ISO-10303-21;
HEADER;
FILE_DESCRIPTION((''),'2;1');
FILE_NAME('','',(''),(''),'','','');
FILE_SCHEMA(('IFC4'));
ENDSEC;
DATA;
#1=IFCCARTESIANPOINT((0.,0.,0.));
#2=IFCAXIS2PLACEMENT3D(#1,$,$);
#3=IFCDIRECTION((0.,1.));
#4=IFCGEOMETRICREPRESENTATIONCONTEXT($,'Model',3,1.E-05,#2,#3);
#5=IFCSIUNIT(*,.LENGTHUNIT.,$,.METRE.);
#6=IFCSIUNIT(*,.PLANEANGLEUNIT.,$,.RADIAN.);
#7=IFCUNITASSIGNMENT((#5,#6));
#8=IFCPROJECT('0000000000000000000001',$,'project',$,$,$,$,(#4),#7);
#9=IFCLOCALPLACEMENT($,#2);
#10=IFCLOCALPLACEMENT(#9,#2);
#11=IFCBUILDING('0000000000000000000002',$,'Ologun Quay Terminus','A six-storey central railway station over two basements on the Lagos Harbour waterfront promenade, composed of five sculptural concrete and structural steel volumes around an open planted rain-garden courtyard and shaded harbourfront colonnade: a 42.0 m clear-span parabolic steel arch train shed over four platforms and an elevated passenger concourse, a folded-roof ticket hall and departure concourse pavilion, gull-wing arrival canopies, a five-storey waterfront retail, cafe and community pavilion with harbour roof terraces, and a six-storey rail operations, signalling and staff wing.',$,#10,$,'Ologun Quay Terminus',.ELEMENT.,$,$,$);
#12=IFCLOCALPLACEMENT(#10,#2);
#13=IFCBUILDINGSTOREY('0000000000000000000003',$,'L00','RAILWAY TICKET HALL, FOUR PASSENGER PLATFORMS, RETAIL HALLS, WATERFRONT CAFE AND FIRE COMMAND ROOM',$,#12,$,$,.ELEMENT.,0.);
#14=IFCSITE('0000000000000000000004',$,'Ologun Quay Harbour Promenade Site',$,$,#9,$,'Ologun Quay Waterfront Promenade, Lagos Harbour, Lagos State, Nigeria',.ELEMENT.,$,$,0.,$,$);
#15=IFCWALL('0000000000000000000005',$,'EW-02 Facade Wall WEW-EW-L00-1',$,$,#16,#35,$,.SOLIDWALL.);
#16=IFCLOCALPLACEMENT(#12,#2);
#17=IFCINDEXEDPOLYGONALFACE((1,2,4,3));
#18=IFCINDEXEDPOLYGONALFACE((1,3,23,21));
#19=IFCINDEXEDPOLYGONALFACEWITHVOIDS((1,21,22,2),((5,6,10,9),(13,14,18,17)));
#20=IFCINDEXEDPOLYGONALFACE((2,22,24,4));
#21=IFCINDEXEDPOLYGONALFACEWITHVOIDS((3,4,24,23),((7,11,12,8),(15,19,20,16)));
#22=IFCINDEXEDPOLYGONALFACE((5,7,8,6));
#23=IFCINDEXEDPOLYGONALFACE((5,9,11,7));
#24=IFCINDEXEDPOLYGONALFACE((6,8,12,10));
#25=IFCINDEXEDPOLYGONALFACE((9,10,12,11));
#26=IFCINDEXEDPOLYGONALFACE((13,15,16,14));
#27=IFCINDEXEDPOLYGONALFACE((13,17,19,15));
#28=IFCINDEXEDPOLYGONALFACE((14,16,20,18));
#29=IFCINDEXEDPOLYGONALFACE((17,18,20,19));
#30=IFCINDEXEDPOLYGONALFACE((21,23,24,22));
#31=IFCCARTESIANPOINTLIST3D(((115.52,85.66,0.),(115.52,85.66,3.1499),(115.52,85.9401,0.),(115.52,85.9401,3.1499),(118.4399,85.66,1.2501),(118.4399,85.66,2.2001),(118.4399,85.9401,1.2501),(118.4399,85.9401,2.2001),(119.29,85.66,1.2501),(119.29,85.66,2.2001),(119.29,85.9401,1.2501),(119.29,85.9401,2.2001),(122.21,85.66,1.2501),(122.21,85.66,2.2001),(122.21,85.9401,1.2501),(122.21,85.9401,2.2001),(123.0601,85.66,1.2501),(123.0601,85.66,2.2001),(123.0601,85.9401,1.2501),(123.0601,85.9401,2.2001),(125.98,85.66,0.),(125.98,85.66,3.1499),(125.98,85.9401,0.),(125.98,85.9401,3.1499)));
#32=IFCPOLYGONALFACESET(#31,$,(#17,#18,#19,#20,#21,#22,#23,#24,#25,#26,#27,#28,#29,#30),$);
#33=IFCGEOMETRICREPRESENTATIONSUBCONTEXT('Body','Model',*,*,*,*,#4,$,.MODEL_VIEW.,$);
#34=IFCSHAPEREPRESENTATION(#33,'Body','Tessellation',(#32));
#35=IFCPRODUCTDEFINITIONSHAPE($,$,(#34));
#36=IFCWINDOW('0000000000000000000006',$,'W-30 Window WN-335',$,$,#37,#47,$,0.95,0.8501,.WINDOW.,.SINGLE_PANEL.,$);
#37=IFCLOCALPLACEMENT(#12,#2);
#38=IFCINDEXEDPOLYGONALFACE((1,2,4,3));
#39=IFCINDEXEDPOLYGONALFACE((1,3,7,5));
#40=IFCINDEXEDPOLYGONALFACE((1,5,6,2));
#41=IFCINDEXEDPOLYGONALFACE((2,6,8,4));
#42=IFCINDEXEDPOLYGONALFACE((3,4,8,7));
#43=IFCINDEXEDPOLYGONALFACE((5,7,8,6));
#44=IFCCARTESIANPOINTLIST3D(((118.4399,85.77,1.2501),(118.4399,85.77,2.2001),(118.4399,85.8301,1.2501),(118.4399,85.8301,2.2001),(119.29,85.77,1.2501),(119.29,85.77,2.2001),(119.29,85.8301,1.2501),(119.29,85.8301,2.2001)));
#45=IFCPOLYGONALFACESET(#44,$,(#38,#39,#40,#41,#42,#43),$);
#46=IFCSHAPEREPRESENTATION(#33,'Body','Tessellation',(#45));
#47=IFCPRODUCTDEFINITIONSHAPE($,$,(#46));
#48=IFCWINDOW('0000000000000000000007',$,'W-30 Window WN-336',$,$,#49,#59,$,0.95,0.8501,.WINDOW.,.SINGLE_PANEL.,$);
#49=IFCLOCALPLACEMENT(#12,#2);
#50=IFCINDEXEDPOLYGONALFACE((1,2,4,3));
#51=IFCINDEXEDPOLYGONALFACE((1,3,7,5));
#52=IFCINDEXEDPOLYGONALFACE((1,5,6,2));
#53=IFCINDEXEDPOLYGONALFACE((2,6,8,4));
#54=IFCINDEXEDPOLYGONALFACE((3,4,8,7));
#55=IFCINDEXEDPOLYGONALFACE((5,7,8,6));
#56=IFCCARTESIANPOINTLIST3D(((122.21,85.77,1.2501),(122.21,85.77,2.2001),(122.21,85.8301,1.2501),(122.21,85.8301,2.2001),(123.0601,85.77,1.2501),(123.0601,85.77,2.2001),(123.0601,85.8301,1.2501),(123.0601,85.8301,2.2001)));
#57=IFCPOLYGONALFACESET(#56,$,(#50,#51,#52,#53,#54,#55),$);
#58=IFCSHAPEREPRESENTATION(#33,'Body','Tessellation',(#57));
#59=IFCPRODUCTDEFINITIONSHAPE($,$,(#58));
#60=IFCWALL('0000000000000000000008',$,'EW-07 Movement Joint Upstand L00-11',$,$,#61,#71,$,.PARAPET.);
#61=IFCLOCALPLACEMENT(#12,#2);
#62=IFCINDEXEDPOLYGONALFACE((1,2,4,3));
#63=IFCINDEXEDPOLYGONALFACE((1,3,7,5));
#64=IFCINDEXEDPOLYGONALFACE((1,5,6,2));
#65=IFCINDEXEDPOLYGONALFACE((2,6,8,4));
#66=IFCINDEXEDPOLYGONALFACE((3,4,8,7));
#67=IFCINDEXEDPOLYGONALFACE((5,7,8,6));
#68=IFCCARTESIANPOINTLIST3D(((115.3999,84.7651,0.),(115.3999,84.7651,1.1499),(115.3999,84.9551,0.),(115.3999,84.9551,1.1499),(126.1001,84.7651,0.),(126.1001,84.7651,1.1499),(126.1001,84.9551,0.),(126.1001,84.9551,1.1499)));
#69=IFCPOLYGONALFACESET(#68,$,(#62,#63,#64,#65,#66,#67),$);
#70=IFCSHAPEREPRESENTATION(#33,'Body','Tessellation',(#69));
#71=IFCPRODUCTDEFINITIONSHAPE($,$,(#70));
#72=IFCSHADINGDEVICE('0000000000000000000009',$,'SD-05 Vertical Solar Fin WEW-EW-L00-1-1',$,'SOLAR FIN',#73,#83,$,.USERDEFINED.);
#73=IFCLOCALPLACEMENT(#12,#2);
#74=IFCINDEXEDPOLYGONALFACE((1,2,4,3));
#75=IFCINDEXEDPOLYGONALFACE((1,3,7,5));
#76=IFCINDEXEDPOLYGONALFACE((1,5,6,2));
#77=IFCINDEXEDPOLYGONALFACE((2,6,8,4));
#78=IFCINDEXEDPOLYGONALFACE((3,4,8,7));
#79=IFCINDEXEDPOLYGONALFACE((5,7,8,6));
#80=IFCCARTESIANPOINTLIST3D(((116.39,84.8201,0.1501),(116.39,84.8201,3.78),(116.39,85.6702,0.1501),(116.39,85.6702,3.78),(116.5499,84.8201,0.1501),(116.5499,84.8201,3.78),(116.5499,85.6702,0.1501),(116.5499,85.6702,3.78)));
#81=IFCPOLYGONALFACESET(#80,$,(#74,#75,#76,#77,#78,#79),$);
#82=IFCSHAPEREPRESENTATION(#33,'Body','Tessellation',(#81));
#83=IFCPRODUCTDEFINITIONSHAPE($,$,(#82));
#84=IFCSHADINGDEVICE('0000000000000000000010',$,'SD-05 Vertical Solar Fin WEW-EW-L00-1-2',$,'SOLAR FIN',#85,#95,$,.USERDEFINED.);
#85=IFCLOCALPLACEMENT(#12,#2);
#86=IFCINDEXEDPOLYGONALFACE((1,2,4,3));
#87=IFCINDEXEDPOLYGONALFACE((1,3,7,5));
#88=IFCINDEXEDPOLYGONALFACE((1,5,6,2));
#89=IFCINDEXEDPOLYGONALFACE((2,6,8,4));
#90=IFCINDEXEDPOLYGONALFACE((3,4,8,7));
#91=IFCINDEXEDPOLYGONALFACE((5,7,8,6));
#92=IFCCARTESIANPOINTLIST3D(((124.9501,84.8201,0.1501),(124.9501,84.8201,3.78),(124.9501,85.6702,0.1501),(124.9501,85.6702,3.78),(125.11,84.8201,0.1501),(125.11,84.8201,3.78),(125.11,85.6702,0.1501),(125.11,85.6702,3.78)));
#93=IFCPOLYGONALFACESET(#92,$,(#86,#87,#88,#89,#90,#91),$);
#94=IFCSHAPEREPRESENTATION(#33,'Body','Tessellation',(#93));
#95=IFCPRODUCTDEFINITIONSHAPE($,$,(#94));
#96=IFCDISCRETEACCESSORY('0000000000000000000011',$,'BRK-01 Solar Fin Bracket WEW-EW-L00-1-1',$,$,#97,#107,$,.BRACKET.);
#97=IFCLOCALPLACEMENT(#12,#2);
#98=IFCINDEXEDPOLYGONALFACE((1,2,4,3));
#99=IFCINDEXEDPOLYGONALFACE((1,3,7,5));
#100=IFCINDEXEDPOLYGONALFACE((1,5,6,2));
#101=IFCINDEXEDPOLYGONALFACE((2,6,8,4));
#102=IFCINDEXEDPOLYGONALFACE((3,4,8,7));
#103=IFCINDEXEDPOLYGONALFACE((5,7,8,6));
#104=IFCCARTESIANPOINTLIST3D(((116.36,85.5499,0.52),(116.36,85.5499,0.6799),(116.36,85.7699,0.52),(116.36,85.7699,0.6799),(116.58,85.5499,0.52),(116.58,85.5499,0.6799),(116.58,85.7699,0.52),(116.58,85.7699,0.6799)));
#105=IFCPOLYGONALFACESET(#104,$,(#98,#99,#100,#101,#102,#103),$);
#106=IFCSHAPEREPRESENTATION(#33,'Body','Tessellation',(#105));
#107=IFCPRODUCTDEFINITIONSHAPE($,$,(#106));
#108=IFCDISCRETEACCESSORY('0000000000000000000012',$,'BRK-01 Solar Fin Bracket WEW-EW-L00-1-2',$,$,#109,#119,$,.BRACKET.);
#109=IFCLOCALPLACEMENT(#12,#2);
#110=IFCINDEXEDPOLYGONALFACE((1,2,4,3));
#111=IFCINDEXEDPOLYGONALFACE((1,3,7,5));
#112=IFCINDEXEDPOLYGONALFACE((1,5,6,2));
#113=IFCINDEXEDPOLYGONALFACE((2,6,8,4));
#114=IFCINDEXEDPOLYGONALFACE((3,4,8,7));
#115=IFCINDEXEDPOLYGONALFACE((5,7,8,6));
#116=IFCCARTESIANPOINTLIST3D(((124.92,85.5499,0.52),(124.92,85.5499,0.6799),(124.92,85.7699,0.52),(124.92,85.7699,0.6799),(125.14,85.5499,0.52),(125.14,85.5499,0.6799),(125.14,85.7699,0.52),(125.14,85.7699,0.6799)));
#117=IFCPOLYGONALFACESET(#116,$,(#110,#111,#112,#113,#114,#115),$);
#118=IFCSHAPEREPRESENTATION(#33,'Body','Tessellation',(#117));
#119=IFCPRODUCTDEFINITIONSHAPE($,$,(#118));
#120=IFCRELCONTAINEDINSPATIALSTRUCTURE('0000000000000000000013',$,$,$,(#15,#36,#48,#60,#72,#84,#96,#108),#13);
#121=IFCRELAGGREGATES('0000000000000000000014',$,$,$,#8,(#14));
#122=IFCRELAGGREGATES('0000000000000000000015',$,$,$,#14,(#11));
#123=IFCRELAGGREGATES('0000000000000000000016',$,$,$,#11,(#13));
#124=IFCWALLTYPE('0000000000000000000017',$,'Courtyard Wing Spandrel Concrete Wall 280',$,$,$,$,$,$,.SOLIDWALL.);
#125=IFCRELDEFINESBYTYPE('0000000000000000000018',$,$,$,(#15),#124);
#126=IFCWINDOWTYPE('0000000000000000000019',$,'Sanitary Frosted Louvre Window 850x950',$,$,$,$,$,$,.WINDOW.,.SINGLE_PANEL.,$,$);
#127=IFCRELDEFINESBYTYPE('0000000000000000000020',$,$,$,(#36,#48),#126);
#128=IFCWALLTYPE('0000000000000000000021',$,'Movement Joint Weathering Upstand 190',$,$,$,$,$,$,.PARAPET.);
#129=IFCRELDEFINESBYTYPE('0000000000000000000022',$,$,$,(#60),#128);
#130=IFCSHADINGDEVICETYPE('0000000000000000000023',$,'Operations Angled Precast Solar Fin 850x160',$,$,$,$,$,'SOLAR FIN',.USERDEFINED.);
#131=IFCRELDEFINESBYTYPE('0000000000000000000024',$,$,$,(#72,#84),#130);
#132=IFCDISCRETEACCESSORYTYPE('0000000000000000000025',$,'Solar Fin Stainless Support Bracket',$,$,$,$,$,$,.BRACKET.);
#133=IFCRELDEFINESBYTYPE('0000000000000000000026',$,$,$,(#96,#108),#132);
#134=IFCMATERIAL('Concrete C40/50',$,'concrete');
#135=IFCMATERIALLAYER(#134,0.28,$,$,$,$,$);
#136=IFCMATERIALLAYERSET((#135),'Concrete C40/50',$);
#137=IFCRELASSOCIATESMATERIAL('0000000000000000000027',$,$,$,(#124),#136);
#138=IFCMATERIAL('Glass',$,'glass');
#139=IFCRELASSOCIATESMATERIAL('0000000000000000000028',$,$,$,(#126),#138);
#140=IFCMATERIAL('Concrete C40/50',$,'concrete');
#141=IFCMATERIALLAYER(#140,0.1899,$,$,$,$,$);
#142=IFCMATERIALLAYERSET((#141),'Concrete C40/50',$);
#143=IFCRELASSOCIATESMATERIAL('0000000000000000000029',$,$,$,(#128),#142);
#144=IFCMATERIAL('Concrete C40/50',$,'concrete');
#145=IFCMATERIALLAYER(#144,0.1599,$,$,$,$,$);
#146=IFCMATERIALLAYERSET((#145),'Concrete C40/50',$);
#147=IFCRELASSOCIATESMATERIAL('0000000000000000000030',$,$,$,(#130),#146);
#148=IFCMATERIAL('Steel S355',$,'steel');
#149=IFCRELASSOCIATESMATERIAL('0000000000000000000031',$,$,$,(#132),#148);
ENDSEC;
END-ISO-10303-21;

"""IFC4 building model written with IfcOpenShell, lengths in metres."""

from ifc_helpers import new_model, si_unit, direction, frame, frame_2d, origin, origin_2d, place, context, subcontext, project, spatial, rectangle, extrude, material, layer, layer_set, type_object, element, fill, save


model = new_model("IFC4")

# Units and contexts
model_context = context("Model", 3, precision=1e-05, world=origin(), true_north=direction((0.0, 1.0)))
body_context = subcontext(model_context, "Body", "Model", "MODEL_VIEW")
ifc_project = project(units=[si_unit("LENGTHUNIT", "METRE"), si_unit("PLANEANGLEUNIT", "RADIAN")], contexts=[model_context])

# Site, building, storey
site_placement = place(None, origin())
site = spatial("IfcSite", under=ifc_project, at=site_placement, Name="Ologun Quay Harbour Promenade Site", LongName="Ologun Quay Waterfront Promenade, Lagos Harbour, Lagos State, Nigeria", CompositionType="ELEMENT", RefElevation=0.0)
building_placement = place(site_placement, origin())
building = spatial("IfcBuilding", under=site, at=building_placement, Name="Ologun Quay Terminus", Description="A six-storey central railway station over two basements on the Lagos Harbour waterfront promenade, composed of five sculptural concrete and structural steel volumes around an open planted rain-garden courtyard and shaded harbourfront colonnade: a 42.0 m clear-span parabolic steel arch train shed over four platforms and an elevated passenger concourse, a folded-roof ticket hall and departure concourse pavilion, gull-wing arrival canopies, a five-storey waterfront retail, cafe and community pavilion with harbour roof terraces, and a six-storey rail operations, signalling and staff wing.", LongName="Ologun Quay Terminus", CompositionType="ELEMENT")
storey_placement = place(building_placement, origin())
storey = spatial("IfcBuildingStorey", under=building, at=storey_placement, Name="L00", Description="RAILWAY TICKET HALL, FOUR PASSENGER PLATFORMS, RETAIL HALLS, WATERFRONT CAFE AND FIRE COMMAND ROOM", CompositionType="ELEMENT", Elevation=0.0)

# Shared definitions
ifc_material_1 = material(Name="Concrete C40/50", Category="concrete")
ifc_layer_1 = layer(ifc_material_1, 0.28)
ifc_layer_set_1 = layer_set([ifc_layer_1], Name="Concrete C40/50")
wall_type_1 = type_object("IfcWallType", Name="Courtyard Wing Spandrel Concrete Wall 280", PredefinedType="SOLIDWALL", material=ifc_layer_set_1)

# Wall, openings, windows
wall_1_placement = place(storey_placement, frame((115.52, 85.8, 0.0), z_axis=(0.0, 0.0, 1.0), x_axis=(1.0, 0.0, 0.0)))
wall_1 = element("IfcWall", 1, at=wall_1_placement, inside=storey, type_object=wall_type_1, Name="EW-02 Facade Wall WEW-EW-L00-1", PredefinedType="SOLIDWALL", context=body_context, shape_type="SweptSolid", body=[
    extrude(rectangle(XDim=10.46, YDim=0.28, at=frame_2d((5.23, 0.0))), origin(), (0.0, 0.0, 1.0), 3.1499),
])
opening_1_placement = place(wall_1_placement, frame((2.9199, 0.0, 1.25)))
opening_1 = element("IfcOpeningElement", 2, at=opening_1_placement, cuts=wall_1, PredefinedType="OPENING", context=body_context, shape_type="SweptSolid", body=[
    extrude(rectangle(XDim=0.8501, YDim=0.95, at=frame_2d((0.425, 0.4751))), frame((0.0, 0.1499, 0.0), z_axis=(0.0, -1.0, 0.0), x_axis=(1.0, 0.0, 0.0)), (0.0, 0.0, 1.0), 0.3),
])
opening_2_placement = place(wall_1_placement, frame((6.6899, 0.0, 1.25)))
opening_2 = element("IfcOpeningElement", 3, at=opening_2_placement, cuts=wall_1, PredefinedType="OPENING", context=body_context, shape_type="SweptSolid", body=[
    extrude(rectangle(XDim=0.8501, YDim=0.95, at=frame_2d((0.425, 0.4751))), frame((0.0, 0.1499, 0.0), z_axis=(0.0, -1.0, 0.0), x_axis=(1.0, 0.0, 0.0)), (0.0, 0.0, 1.0), 0.3),
])
ifc_material_2 = material(Name="Glass", Category="glass")
window_type = type_object("IfcWindowType", Name="Sanitary Frosted Louvre Window 850x950", PartitioningType="SINGLE_PANEL", PredefinedType="WINDOW", material=ifc_material_2)
window_1_placement = place(opening_1_placement, origin())
window_1 = element("IfcWindow", 4, at=window_1_placement, inside=storey, type_object=window_type, Name="W-30 Window WN-335", OverallHeight=0.95, OverallWidth=0.8501, PartitioningType="SINGLE_PANEL", PredefinedType="WINDOW", context=body_context, shape_type="SweptSolid", body=[
    extrude(rectangle(XDim=0.8501, YDim=0.95, at=frame_2d((0.425, 0.4751))), frame((0.0, 0.03, 0.0), z_axis=(0.0, -1.0, 0.0), x_axis=(1.0, 0.0, 0.0)), (0.0, 0.0, 1.0), 0.0601),
])
fill(opening_1, window_1)
window_2_placement = place(opening_2_placement, origin())
window_2 = element("IfcWindow", 5, at=window_2_placement, inside=storey, type_object=window_type, Name="W-30 Window WN-336", OverallHeight=0.95, OverallWidth=0.8501, PartitioningType="SINGLE_PANEL", PredefinedType="WINDOW", context=body_context, shape_type="SweptSolid", body=[
    extrude(rectangle(XDim=0.8501, YDim=0.95, at=frame_2d((0.425, 0.4751))), frame((0.0, 0.03, 0.0), z_axis=(0.0, -1.0, 0.0), x_axis=(1.0, 0.0, 0.0)), (0.0, 0.0, 1.0), 0.0601),
])
fill(opening_2, window_2)

# Wall
ifc_material_3 = material(Name="Concrete C40/50", Category="concrete")
ifc_layer_2 = layer(ifc_material_3, 0.1899)
ifc_layer_set_2 = layer_set([ifc_layer_2], Name="Concrete C40/50")
wall_type_2 = type_object("IfcWallType", Name="Movement Joint Weathering Upstand 190", PredefinedType="PARAPET", material=ifc_layer_set_2)
wall_2_placement = place(storey_placement, frame((115.3999, 84.8601, 0.0), z_axis=(0.0, 0.0, 1.0), x_axis=(1.0, 0.0, 0.0)))
element("IfcWall", 6, at=wall_2_placement, inside=storey, type_object=wall_type_2, Name="EW-07 Movement Joint Upstand L00-11", PredefinedType="PARAPET", context=body_context, shape_type="SweptSolid", body=[
    extrude(rectangle(XDim=10.7002, YDim=0.1899, at=frame_2d((5.3501, 0.0))), origin(), (0.0, 0.0, 1.0), 1.1499),
])

# Shading devices
ifc_material_4 = material(Name="Concrete C40/50", Category="concrete")
ifc_layer_3 = layer(ifc_material_4, 0.1599)
ifc_layer_set_3 = layer_set([ifc_layer_3], Name="Concrete C40/50")
shading_device_type = type_object("IfcShadingDeviceType", Name="Operations Angled Precast Solar Fin 850x160", ElementType="SOLAR FIN", PredefinedType="USERDEFINED", material=ifc_layer_set_3)
for number, where, z_axis, x_axis, name in (
    (7, (116.47, 85.2451, 0.1501), (0.0, 0.0, 1.0), (1.0, 0.0, 0.0), "SD-05 Vertical Solar Fin WEW-EW-L00-1-1"),
    (8, (125.03, 85.2451, 0.1501), (0.0, 0.0, 1.0), (1.0, 0.0, 0.0), "SD-05 Vertical Solar Fin WEW-EW-L00-1-2"),
):
    element("IfcShadingDevice", number, at=place(storey_placement, frame(where, z_axis=z_axis, x_axis=x_axis)), inside=storey, type_object=shading_device_type, Name=name, ObjectType="SOLAR FIN", PredefinedType="USERDEFINED", context=body_context, shape_type="SweptSolid", body=[
        extrude(rectangle(XDim=0.1599, YDim=0.8501, at=origin_2d()), origin(), (0.0, 0.0, 1.0), 3.6299),
    ])

# Discrete accessories
ifc_material_5 = material(Name="Steel S355", Category="steel")
discrete_accessory_type = type_object("IfcDiscreteAccessoryType", Name="Solar Fin Stainless Support Bracket", PredefinedType="BRACKET", material=ifc_material_5)
for number, where, z_axis, x_axis, name in (
    (9, (116.47, 85.6599, 0.52), (0.0, 0.0, 1.0), (1.0, 0.0, 0.0), "BRK-01 Solar Fin Bracket WEW-EW-L00-1-1"),
    (10, (125.03, 85.6599, 0.52), (0.0, 0.0, 1.0), (1.0, 0.0, 0.0), "BRK-01 Solar Fin Bracket WEW-EW-L00-1-2"),
):
    element("IfcDiscreteAccessory", number, at=place(storey_placement, frame(where, z_axis=z_axis, x_axis=x_axis)), inside=storey, type_object=discrete_accessory_type, Name=name, PredefinedType="BRACKET", context=body_context, shape_type="SweptSolid", body=[
        extrude(rectangle(XDim=0.22, YDim=0.22, at=origin_2d()), origin(), (0.0, 0.0, 1.0), 0.1599),
    ])

save(model, "model.ifc")
